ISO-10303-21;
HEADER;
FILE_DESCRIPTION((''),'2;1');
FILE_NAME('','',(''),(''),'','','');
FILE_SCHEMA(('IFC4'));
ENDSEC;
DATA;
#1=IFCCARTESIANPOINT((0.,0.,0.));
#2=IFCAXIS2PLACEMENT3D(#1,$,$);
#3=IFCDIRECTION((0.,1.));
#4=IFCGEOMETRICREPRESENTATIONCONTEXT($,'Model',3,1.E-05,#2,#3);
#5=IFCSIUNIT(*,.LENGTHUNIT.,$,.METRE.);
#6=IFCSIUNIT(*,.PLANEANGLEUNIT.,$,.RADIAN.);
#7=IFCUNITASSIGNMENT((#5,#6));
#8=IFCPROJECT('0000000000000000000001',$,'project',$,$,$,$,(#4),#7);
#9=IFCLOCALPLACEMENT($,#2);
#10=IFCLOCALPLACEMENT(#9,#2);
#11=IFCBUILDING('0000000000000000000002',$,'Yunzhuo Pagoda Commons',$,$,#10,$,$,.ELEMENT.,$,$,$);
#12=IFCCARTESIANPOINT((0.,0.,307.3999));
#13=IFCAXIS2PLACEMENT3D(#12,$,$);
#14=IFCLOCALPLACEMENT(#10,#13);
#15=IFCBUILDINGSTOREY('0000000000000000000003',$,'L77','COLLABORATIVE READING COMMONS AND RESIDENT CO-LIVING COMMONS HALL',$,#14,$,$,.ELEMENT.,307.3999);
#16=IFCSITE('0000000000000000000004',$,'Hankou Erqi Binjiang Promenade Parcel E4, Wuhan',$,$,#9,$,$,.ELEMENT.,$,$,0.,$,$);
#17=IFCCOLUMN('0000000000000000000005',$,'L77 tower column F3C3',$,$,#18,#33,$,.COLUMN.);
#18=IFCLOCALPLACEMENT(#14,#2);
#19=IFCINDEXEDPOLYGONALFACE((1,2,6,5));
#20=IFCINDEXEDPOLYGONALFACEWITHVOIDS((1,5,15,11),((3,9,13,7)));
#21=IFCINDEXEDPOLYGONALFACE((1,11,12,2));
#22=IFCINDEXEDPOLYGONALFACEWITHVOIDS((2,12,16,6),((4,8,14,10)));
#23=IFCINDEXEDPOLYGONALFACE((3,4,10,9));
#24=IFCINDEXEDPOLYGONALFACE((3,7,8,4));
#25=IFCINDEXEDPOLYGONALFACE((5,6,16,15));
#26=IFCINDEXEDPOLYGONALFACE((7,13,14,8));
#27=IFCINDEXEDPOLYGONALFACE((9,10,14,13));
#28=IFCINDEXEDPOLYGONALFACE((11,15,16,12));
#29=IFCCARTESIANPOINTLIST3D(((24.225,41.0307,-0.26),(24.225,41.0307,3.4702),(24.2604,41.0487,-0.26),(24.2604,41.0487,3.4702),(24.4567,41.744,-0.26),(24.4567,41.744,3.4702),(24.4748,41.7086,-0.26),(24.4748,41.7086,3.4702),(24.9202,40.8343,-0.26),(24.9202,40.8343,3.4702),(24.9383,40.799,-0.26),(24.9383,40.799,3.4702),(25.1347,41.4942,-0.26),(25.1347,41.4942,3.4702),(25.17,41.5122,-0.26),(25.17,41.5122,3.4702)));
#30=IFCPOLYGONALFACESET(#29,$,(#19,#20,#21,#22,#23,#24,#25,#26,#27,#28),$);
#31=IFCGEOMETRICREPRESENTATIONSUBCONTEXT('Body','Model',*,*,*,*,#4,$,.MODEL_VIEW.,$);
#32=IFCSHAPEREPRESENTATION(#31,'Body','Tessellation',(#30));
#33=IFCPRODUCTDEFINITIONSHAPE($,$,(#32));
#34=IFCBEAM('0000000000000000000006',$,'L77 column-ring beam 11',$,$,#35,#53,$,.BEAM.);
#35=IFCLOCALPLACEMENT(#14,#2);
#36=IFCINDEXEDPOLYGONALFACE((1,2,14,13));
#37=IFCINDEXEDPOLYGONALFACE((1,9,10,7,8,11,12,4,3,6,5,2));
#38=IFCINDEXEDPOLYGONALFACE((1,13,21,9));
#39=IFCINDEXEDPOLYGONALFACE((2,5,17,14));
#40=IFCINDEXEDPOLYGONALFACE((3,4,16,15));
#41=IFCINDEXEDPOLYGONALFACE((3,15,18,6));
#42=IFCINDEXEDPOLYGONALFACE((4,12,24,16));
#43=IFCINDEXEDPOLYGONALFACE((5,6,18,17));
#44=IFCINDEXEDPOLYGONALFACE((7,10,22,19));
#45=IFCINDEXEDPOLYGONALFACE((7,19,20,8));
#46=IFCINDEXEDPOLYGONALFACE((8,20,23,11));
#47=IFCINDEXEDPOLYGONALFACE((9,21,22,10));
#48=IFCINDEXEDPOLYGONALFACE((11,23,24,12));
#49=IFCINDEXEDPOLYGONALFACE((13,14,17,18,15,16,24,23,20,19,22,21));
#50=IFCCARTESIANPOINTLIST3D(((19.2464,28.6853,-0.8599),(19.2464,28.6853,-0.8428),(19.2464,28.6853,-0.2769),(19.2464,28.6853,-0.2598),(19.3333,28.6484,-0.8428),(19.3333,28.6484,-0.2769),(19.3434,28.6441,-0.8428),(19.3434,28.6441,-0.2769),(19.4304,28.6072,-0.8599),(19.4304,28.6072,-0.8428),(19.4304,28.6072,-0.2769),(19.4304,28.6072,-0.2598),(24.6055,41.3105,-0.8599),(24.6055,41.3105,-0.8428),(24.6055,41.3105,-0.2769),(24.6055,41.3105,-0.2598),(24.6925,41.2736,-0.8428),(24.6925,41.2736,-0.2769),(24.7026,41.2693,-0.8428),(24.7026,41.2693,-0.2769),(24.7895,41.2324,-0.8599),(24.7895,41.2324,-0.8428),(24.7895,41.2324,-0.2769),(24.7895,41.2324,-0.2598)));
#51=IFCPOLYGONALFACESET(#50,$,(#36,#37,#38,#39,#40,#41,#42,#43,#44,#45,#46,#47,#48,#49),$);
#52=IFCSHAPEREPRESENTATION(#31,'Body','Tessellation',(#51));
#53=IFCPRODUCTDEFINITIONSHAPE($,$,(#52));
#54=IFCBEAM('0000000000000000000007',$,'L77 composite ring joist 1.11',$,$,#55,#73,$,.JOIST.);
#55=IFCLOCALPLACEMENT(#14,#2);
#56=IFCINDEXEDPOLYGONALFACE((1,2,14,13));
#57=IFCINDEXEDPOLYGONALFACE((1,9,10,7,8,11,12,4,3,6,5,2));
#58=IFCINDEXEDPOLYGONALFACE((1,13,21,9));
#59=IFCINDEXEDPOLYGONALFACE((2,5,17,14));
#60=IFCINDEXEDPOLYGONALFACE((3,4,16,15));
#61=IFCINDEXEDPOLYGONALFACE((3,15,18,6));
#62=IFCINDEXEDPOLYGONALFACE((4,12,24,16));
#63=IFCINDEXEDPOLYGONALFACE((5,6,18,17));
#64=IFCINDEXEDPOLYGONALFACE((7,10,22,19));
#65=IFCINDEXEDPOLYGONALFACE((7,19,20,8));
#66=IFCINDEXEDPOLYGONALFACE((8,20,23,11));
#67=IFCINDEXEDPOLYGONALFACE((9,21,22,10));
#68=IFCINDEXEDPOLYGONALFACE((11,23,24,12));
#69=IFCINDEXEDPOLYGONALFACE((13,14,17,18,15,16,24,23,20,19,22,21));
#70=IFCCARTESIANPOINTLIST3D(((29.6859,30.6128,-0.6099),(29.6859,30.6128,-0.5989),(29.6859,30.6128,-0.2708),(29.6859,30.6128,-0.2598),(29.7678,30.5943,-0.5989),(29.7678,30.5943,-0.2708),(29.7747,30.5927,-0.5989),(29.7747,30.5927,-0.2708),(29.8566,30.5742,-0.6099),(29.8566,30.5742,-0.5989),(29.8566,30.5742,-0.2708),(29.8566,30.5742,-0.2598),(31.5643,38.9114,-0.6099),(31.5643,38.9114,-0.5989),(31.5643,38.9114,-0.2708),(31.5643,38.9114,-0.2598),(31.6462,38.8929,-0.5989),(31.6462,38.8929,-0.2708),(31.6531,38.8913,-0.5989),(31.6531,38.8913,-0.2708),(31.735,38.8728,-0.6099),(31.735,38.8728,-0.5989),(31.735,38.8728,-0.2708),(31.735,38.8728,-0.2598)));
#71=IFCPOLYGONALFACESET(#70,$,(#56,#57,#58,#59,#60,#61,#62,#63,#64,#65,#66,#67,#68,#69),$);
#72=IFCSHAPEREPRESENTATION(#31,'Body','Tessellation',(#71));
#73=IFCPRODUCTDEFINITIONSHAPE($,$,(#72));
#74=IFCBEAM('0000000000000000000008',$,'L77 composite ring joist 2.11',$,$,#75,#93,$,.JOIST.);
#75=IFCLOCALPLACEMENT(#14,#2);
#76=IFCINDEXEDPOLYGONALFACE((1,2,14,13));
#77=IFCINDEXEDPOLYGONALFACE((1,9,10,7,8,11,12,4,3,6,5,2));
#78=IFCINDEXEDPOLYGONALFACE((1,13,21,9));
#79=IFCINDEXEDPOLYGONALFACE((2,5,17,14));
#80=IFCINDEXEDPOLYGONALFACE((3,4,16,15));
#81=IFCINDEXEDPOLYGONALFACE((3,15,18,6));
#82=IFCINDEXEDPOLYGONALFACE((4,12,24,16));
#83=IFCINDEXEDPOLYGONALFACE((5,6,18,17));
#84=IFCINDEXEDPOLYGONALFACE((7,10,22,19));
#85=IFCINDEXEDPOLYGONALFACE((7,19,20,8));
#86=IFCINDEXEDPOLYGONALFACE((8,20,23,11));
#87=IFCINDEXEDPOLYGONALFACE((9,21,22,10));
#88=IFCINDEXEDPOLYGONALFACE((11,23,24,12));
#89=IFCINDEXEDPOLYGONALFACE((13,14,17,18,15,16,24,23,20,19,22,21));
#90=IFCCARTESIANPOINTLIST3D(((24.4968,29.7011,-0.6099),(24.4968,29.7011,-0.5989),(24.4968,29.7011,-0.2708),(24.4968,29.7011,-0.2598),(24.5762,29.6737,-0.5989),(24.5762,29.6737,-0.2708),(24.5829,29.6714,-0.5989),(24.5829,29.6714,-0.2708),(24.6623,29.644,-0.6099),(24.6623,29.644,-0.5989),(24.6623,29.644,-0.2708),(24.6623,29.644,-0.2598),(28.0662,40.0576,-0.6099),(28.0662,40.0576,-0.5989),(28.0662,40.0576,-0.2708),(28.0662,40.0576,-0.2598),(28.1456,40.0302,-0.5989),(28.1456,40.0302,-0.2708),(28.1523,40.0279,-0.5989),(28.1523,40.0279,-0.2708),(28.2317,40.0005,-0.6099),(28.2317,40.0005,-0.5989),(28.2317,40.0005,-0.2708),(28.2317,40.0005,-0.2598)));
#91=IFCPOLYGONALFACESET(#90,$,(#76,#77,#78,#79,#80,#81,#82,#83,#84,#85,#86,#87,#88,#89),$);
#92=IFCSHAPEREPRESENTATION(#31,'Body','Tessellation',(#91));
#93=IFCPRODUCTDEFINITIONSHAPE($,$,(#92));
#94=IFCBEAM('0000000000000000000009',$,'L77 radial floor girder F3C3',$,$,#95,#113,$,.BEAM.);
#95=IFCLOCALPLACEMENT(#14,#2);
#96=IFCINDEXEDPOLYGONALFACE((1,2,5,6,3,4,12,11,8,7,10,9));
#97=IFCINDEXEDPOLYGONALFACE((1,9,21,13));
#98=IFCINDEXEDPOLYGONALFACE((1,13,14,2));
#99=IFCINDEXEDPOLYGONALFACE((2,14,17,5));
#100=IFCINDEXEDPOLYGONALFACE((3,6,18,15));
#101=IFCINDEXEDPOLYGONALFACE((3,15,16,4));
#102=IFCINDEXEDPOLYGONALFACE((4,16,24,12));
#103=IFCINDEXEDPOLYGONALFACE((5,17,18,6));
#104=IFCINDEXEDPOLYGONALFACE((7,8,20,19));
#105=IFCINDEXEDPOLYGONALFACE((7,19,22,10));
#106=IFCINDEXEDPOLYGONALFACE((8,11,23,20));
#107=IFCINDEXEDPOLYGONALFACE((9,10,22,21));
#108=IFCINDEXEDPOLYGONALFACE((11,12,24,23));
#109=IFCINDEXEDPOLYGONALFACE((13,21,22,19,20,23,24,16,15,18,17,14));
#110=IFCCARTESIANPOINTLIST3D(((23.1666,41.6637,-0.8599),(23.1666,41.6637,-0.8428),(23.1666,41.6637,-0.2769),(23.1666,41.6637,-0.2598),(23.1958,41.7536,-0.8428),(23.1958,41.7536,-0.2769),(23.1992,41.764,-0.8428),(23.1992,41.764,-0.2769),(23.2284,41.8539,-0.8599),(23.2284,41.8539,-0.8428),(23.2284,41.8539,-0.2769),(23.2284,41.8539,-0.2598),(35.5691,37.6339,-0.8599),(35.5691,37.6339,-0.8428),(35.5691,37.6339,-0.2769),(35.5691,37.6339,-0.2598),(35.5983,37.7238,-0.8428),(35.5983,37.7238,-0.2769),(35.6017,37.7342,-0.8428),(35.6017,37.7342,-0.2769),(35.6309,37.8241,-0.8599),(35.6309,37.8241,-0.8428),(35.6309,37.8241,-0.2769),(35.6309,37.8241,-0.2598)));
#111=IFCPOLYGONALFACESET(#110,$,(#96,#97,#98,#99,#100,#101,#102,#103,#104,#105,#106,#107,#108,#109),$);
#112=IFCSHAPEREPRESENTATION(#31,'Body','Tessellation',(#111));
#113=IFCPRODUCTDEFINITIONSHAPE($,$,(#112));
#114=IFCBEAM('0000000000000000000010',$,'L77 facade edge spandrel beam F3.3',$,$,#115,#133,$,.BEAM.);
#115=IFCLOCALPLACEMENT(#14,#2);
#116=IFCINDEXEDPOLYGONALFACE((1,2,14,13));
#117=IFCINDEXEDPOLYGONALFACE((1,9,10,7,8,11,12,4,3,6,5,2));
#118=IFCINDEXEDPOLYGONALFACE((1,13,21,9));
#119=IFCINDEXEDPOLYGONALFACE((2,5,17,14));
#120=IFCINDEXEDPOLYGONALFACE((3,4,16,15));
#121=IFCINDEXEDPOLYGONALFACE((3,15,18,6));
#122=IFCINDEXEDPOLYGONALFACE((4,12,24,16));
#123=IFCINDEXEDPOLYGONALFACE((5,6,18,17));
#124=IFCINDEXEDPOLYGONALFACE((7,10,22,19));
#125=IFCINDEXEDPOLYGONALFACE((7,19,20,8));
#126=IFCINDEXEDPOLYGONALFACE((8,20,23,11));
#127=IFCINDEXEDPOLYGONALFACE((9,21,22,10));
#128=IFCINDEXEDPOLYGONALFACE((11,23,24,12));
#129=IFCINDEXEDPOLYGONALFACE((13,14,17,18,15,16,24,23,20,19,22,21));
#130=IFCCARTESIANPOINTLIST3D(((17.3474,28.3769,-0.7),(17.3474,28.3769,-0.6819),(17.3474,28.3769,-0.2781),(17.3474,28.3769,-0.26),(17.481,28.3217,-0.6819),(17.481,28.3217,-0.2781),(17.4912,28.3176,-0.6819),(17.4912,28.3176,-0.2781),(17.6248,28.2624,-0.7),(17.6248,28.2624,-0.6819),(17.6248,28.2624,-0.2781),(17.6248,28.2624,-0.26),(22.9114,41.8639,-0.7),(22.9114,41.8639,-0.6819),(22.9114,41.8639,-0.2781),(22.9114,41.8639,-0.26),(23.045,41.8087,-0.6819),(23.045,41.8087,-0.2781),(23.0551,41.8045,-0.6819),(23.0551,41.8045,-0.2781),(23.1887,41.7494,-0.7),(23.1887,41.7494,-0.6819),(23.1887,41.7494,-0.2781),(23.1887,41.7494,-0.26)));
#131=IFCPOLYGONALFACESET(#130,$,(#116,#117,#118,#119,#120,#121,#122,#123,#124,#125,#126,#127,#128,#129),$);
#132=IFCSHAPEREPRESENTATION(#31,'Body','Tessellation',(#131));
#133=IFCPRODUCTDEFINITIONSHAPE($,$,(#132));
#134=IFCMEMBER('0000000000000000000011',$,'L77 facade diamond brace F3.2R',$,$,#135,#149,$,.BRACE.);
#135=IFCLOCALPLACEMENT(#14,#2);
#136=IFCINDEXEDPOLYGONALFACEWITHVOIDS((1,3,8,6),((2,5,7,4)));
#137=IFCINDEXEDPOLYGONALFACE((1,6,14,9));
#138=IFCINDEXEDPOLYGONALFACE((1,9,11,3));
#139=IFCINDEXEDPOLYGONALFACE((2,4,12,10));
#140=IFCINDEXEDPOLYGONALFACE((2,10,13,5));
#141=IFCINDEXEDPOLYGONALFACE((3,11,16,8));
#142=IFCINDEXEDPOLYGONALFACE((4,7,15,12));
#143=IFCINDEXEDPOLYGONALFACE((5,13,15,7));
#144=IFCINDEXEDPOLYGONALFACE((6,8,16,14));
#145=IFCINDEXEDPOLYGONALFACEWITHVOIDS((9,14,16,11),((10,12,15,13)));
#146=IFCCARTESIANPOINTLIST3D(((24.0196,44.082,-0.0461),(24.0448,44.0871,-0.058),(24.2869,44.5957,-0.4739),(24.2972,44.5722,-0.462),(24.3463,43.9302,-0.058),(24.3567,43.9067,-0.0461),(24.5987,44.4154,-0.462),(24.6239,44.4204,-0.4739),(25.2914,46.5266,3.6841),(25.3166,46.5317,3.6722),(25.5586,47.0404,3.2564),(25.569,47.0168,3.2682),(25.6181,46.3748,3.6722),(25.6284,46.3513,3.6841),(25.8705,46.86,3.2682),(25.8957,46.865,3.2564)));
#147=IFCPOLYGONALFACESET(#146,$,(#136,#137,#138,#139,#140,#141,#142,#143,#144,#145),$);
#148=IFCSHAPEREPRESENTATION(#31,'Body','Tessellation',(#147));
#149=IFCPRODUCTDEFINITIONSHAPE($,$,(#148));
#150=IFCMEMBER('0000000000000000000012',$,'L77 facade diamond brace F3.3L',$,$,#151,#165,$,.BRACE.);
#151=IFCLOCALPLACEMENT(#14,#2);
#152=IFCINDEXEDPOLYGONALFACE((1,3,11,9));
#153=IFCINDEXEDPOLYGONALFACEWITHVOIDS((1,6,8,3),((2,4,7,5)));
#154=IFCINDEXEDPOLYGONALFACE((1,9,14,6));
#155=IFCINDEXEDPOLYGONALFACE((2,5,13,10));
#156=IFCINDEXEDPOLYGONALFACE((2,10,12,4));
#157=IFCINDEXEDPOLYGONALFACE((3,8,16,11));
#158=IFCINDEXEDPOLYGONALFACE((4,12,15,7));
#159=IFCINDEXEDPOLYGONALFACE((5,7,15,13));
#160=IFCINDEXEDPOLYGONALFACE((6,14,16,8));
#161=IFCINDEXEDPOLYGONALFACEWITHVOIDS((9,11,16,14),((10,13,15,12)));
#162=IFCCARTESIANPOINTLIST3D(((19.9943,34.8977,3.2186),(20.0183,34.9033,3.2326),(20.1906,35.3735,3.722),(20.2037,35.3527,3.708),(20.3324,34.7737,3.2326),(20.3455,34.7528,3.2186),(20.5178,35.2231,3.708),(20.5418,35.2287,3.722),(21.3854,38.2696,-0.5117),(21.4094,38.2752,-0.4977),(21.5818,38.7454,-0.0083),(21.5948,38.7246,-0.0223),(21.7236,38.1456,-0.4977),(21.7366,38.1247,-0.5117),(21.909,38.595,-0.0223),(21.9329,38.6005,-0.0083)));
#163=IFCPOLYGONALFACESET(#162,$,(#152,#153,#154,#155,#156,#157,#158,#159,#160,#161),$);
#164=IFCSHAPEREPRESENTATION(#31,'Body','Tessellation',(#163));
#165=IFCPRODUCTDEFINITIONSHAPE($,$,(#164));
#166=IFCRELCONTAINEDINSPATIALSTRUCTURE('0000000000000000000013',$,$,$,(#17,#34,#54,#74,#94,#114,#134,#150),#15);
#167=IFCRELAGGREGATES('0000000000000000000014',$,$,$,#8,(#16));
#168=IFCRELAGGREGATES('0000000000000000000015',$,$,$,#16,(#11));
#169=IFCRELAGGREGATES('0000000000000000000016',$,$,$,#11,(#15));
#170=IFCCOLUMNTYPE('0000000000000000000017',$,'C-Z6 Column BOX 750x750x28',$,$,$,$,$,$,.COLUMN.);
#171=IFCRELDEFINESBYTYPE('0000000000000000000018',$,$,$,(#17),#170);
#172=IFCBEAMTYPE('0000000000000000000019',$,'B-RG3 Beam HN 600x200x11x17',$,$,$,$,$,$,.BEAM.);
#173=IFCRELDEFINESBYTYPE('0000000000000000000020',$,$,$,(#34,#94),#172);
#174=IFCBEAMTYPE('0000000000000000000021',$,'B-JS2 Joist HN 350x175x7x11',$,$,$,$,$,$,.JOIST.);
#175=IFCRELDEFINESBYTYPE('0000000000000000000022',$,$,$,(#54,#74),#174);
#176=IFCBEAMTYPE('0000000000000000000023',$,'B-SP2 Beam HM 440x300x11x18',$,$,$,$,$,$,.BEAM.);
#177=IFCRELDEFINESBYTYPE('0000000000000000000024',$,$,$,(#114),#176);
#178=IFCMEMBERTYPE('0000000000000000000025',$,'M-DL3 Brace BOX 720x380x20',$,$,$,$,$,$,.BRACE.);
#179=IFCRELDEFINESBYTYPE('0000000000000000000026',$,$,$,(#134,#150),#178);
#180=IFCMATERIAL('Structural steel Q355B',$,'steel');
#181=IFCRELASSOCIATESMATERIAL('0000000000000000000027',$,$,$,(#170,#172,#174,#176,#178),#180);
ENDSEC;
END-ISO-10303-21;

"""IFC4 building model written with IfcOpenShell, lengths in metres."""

from ifc_helpers import new_model, si_unit, direction, frame, origin, origin_2d, place, context, subcontext, project, spatial, hollow_rectangle, i_section, extrude, source, transform, mapped, material, material_profile, profile_set, type_object, element, save


model = new_model("IFC4")

# Units and contexts
model_context = context("Model", 3, precision=1e-05, world=origin(), true_north=direction((0.0, 1.0)))
body_context = subcontext(model_context, "Body", "Model", "MODEL_VIEW")
ifc_project = project(units=[si_unit("LENGTHUNIT", "METRE"), si_unit("PLANEANGLEUNIT", "RADIAN")], contexts=[model_context])

# Site, building, storey
site_placement = place(None, origin())
site = spatial("IfcSite", under=ifc_project, at=site_placement, Name="Hankou Erqi Binjiang Promenade Parcel E4, Wuhan", CompositionType="ELEMENT", RefElevation=0.0)
building_placement = place(site_placement, origin())
building = spatial("IfcBuilding", under=site, at=building_placement, Name="Yunzhuo Pagoda Commons", CompositionType="ELEMENT")
storey_placement = place(building_placement, frame((0.0, 0.0, 307.3999)))
storey = spatial("IfcBuildingStorey", under=building, at=storey_placement, Name="L77", Description="COLLABORATIVE READING COMMONS AND RESIDENT CO-LIVING COMMONS HALL", CompositionType="ELEMENT", Elevation=307.3999)

# Column
ifc_material_1 = material(Name="Structural steel Q355B", Category="steel")
ifc_material_profile_1 = material_profile(ifc_material_1, hollow_rectangle(XDim=0.75, YDim=0.75, WallThickness=0.0281, at=origin_2d()), Name="Structural steel Q355B")
ifc_profile_set_1 = profile_set([ifc_material_profile_1], Name="Structural steel Q355B")
column_type = type_object("IfcColumnType", Name="C-Z6 Column BOX 750x750x28", PredefinedType="COLUMN", material=ifc_profile_set_1)
shared_shape_1 = source(origin(), body_context, "Body", "SweptSolid", [
    extrude(hollow_rectangle(XDim=0.75, YDim=0.75, WallThickness=0.0281, at=origin_2d()), origin(), (0.0, 0.0, 1.0), 3.7302),
])
column_placement = place(storey_placement, frame((24.6975, 41.2715, -0.26), z_axis=(0.0, 0.0, 1.0), x_axis=(-0.309017, -0.951057, 0.0)))
element("IfcColumn", 1, at=column_placement, inside=storey, type_object=column_type, Name="L77 tower column F3C3", PredefinedType="COLUMN", context=body_context, shape_type="MappedRepresentation", body=[
    mapped(shared_shape_1, transform((0.0, 0.0, 0.0), scale=1.0)),
])

# Beams
ifc_material_profile_2 = material_profile(ifc_material_1, i_section(OverallWidth=0.2, OverallDepth=0.6001, WebThickness=0.011, FlangeThickness=0.0171, at=origin_2d()), Name="Structural steel Q355B")
ifc_profile_set_2 = profile_set([ifc_material_profile_2], Name="Structural steel Q355B")
beam_type_1 = type_object("IfcBeamType", Name="B-RG3 Beam HN 600x200x11x17", PredefinedType="BEAM", material=ifc_profile_set_2)
shared_shape_2 = source(origin(), body_context, "Body", "SweptSolid", [
    extrude(i_section(OverallWidth=0.2, OverallDepth=0.6001, WebThickness=0.011, FlangeThickness=0.0171, at=origin_2d()), origin(), (0.0, 0.0, 1.0), 13.7156),
])
beam_1_placement = place(storey_placement, frame((24.6975, 41.2715, -0.5598), z_axis=(-0.390733, -0.920504, 0.0), x_axis=(0.920504, -0.390733, 0.0)))
element("IfcBeam", 2, at=beam_1_placement, inside=storey, type_object=beam_type_1, Name="L77 column-ring beam 11", PredefinedType="BEAM", context=body_context, shape_type="MappedRepresentation", body=[
    mapped(shared_shape_2, transform((0.0, 0.0, 0.0), scale=1.0)),
])
ifc_material_profile_3 = material_profile(ifc_material_1, i_section(OverallWidth=0.175, OverallDepth=0.3501, WebThickness=0.0071, FlangeThickness=0.011, at=origin_2d()), Name="Structural steel Q355B")
ifc_profile_set_3 = profile_set([ifc_material_profile_3], Name="Structural steel Q355B")
beam_type_2 = type_object("IfcBeamType", Name="B-JS2 Joist HN 350x175x7x11", PredefinedType="JOIST", material=ifc_profile_set_3)
shared_shape_3 = source(origin(), body_context, "Body", "SweptSolid", [
    extrude(i_section(OverallWidth=0.175, OverallDepth=0.3501, WebThickness=0.0071, FlangeThickness=0.011, at=origin_2d()), origin(), (0.0, 0.0, 1.0), 8.5085),
])
beam_2_placement = place(storey_placement, frame((31.6497, 38.8921, -0.4348), z_axis=(-0.220769, -0.975326, 0.0), x_axis=(0.975326, -0.220769, 0.0)))
element("IfcBeam", 3, at=beam_2_placement, inside=storey, type_object=beam_type_2, Name="L77 composite ring joist 1.11", PredefinedType="JOIST", context=body_context, shape_type="MappedRepresentation", body=[
    mapped(shared_shape_3, transform((0.0, 0.0, 0.0), scale=1.0)),
])
shared_shape_4 = source(origin(), body_context, "Body", "SweptSolid", [
    extrude(i_section(OverallWidth=0.175, OverallDepth=0.3501, WebThickness=0.0071, FlangeThickness=0.011, at=origin_2d()), origin(), (0.0, 0.0, 1.0), 10.9543),
])
beam_3_placement = place(storey_placement, frame((28.1489, 40.0291, -0.4348), z_axis=(-0.32584, -0.945425, 0.0), x_axis=(0.945425, -0.32584, 0.0)))
element("IfcBeam", 4, at=beam_3_placement, inside=storey, type_object=beam_type_2, Name="L77 composite ring joist 2.11", PredefinedType="JOIST", context=body_context, shape_type="MappedRepresentation", body=[
    mapped(shared_shape_4, transform((0.0, 0.0, 0.0), scale=1.0)),
])
shared_shape_5 = source(origin(), body_context, "Body", "SweptSolid", [
    extrude(i_section(OverallWidth=0.2, OverallDepth=0.6001, WebThickness=0.011, FlangeThickness=0.0171, at=origin_2d()), origin(), (0.0, 0.0, 1.0), 13.0408),
])
beam_4_placement = place(storey_placement, frame((23.1975, 41.7588, -0.5598), z_axis=(0.951058, -0.309013, 0.0), x_axis=(0.309013, 0.951058, 0.0)))
element("IfcBeam", 5, at=beam_4_placement, inside=storey, type_object=beam_type_1, Name="L77 radial floor girder F3C3", PredefinedType="BEAM", context=body_context, shape_type="MappedRepresentation", body=[
    mapped(shared_shape_5, transform((0.0, 0.0, 0.0), scale=1.0)),
])
ifc_material_profile_4 = material_profile(ifc_material_1, i_section(OverallWidth=0.3, OverallDepth=0.4399, WebThickness=0.011, FlangeThickness=0.0181, at=origin_2d()), Name="Structural steel Q355B")
ifc_profile_set_4 = profile_set([ifc_material_profile_4], Name="Structural steel Q355B")
beam_type_3 = type_object("IfcBeamType", Name="B-SP2 Beam HM 440x300x11x18", PredefinedType="BEAM", material=ifc_profile_set_4)
shared_shape_6 = source(origin(), body_context, "Body", "SweptSolid", [
    extrude(i_section(OverallWidth=0.3, OverallDepth=0.4399, WebThickness=0.011, FlangeThickness=0.0181, at=origin_2d()), origin(), (0.0, 0.0, 1.0), 14.5896),
])
beam_5_placement = place(storey_placement, frame((23.05, 41.8066, -0.48), z_axis=(-0.381363, -0.924425, 0.0), x_axis=(0.924425, -0.381363, 0.0)))
element("IfcBeam", 6, at=beam_5_placement, inside=storey, type_object=beam_type_3, Name="L77 facade edge spandrel beam F3.3", PredefinedType="BEAM", context=body_context, shape_type="MappedRepresentation", body=[
    mapped(shared_shape_6, transform((0.0, 0.0, 0.0), scale=1.0)),
])

# Members
ifc_material_profile_5 = material_profile(ifc_material_1, hollow_rectangle(XDim=0.3799, YDim=0.72, WallThickness=0.02, at=origin_2d()), Name="Structural steel Q355B")
ifc_profile_set_5 = profile_set([ifc_material_profile_5], Name="Structural steel Q355B")
member_type_1 = type_object("IfcMemberType", Name="M-DL3 Brace BOX 720x380x20", PredefinedType="BRACE", material=ifc_profile_set_5)
shared_shape_7 = source(origin(), body_context, "Body", "SweptSolid", [
    extrude(hollow_rectangle(XDim=0.3799, YDim=0.72, WallThickness=0.02, at=origin_2d()), origin(), (0.0, 0.0, 1.0), 4.6377),
])
member_1_placement = place(storey_placement, frame((24.3218, 44.2512, -0.26), z_axis=(0.274218, 0.527116, 0.804334), x_axis=(-0.887136, 0.461509, 0.0)))
element("IfcMember", 7, at=member_1_placement, inside=storey, type_object=member_type_1, Name="L77 facade diamond brace F3.2R", PredefinedType="BRACE", context=body_context, shape_type="MappedRepresentation", body=[
    mapped(shared_shape_7, transform((0.0, 0.0, 0.0), scale=1.0)),
])
shared_shape_8 = source(origin(), body_context, "Body", "SweptSolid", [
    extrude(hollow_rectangle(XDim=0.3799, YDim=0.72, WallThickness=0.02, at=origin_2d()), origin(), (0.0, 0.0, 1.0), 5.2173),
])
member_2_placement = place(storey_placement, frame((21.6592, 38.4351, -0.26), z_axis=(-0.266641, -0.646293, 0.714988), x_axis=(0.924416, -0.381386, 0.0)))
element("IfcMember", 8, at=member_2_placement, inside=storey, type_object=member_type_1, Name="L77 facade diamond brace F3.3L", PredefinedType="BRACE", context=body_context, shape_type="MappedRepresentation", body=[
    mapped(shared_shape_8, transform((0.0, 0.0, 0.0), scale=1.0)),
])

save(model, "model.ifc")
